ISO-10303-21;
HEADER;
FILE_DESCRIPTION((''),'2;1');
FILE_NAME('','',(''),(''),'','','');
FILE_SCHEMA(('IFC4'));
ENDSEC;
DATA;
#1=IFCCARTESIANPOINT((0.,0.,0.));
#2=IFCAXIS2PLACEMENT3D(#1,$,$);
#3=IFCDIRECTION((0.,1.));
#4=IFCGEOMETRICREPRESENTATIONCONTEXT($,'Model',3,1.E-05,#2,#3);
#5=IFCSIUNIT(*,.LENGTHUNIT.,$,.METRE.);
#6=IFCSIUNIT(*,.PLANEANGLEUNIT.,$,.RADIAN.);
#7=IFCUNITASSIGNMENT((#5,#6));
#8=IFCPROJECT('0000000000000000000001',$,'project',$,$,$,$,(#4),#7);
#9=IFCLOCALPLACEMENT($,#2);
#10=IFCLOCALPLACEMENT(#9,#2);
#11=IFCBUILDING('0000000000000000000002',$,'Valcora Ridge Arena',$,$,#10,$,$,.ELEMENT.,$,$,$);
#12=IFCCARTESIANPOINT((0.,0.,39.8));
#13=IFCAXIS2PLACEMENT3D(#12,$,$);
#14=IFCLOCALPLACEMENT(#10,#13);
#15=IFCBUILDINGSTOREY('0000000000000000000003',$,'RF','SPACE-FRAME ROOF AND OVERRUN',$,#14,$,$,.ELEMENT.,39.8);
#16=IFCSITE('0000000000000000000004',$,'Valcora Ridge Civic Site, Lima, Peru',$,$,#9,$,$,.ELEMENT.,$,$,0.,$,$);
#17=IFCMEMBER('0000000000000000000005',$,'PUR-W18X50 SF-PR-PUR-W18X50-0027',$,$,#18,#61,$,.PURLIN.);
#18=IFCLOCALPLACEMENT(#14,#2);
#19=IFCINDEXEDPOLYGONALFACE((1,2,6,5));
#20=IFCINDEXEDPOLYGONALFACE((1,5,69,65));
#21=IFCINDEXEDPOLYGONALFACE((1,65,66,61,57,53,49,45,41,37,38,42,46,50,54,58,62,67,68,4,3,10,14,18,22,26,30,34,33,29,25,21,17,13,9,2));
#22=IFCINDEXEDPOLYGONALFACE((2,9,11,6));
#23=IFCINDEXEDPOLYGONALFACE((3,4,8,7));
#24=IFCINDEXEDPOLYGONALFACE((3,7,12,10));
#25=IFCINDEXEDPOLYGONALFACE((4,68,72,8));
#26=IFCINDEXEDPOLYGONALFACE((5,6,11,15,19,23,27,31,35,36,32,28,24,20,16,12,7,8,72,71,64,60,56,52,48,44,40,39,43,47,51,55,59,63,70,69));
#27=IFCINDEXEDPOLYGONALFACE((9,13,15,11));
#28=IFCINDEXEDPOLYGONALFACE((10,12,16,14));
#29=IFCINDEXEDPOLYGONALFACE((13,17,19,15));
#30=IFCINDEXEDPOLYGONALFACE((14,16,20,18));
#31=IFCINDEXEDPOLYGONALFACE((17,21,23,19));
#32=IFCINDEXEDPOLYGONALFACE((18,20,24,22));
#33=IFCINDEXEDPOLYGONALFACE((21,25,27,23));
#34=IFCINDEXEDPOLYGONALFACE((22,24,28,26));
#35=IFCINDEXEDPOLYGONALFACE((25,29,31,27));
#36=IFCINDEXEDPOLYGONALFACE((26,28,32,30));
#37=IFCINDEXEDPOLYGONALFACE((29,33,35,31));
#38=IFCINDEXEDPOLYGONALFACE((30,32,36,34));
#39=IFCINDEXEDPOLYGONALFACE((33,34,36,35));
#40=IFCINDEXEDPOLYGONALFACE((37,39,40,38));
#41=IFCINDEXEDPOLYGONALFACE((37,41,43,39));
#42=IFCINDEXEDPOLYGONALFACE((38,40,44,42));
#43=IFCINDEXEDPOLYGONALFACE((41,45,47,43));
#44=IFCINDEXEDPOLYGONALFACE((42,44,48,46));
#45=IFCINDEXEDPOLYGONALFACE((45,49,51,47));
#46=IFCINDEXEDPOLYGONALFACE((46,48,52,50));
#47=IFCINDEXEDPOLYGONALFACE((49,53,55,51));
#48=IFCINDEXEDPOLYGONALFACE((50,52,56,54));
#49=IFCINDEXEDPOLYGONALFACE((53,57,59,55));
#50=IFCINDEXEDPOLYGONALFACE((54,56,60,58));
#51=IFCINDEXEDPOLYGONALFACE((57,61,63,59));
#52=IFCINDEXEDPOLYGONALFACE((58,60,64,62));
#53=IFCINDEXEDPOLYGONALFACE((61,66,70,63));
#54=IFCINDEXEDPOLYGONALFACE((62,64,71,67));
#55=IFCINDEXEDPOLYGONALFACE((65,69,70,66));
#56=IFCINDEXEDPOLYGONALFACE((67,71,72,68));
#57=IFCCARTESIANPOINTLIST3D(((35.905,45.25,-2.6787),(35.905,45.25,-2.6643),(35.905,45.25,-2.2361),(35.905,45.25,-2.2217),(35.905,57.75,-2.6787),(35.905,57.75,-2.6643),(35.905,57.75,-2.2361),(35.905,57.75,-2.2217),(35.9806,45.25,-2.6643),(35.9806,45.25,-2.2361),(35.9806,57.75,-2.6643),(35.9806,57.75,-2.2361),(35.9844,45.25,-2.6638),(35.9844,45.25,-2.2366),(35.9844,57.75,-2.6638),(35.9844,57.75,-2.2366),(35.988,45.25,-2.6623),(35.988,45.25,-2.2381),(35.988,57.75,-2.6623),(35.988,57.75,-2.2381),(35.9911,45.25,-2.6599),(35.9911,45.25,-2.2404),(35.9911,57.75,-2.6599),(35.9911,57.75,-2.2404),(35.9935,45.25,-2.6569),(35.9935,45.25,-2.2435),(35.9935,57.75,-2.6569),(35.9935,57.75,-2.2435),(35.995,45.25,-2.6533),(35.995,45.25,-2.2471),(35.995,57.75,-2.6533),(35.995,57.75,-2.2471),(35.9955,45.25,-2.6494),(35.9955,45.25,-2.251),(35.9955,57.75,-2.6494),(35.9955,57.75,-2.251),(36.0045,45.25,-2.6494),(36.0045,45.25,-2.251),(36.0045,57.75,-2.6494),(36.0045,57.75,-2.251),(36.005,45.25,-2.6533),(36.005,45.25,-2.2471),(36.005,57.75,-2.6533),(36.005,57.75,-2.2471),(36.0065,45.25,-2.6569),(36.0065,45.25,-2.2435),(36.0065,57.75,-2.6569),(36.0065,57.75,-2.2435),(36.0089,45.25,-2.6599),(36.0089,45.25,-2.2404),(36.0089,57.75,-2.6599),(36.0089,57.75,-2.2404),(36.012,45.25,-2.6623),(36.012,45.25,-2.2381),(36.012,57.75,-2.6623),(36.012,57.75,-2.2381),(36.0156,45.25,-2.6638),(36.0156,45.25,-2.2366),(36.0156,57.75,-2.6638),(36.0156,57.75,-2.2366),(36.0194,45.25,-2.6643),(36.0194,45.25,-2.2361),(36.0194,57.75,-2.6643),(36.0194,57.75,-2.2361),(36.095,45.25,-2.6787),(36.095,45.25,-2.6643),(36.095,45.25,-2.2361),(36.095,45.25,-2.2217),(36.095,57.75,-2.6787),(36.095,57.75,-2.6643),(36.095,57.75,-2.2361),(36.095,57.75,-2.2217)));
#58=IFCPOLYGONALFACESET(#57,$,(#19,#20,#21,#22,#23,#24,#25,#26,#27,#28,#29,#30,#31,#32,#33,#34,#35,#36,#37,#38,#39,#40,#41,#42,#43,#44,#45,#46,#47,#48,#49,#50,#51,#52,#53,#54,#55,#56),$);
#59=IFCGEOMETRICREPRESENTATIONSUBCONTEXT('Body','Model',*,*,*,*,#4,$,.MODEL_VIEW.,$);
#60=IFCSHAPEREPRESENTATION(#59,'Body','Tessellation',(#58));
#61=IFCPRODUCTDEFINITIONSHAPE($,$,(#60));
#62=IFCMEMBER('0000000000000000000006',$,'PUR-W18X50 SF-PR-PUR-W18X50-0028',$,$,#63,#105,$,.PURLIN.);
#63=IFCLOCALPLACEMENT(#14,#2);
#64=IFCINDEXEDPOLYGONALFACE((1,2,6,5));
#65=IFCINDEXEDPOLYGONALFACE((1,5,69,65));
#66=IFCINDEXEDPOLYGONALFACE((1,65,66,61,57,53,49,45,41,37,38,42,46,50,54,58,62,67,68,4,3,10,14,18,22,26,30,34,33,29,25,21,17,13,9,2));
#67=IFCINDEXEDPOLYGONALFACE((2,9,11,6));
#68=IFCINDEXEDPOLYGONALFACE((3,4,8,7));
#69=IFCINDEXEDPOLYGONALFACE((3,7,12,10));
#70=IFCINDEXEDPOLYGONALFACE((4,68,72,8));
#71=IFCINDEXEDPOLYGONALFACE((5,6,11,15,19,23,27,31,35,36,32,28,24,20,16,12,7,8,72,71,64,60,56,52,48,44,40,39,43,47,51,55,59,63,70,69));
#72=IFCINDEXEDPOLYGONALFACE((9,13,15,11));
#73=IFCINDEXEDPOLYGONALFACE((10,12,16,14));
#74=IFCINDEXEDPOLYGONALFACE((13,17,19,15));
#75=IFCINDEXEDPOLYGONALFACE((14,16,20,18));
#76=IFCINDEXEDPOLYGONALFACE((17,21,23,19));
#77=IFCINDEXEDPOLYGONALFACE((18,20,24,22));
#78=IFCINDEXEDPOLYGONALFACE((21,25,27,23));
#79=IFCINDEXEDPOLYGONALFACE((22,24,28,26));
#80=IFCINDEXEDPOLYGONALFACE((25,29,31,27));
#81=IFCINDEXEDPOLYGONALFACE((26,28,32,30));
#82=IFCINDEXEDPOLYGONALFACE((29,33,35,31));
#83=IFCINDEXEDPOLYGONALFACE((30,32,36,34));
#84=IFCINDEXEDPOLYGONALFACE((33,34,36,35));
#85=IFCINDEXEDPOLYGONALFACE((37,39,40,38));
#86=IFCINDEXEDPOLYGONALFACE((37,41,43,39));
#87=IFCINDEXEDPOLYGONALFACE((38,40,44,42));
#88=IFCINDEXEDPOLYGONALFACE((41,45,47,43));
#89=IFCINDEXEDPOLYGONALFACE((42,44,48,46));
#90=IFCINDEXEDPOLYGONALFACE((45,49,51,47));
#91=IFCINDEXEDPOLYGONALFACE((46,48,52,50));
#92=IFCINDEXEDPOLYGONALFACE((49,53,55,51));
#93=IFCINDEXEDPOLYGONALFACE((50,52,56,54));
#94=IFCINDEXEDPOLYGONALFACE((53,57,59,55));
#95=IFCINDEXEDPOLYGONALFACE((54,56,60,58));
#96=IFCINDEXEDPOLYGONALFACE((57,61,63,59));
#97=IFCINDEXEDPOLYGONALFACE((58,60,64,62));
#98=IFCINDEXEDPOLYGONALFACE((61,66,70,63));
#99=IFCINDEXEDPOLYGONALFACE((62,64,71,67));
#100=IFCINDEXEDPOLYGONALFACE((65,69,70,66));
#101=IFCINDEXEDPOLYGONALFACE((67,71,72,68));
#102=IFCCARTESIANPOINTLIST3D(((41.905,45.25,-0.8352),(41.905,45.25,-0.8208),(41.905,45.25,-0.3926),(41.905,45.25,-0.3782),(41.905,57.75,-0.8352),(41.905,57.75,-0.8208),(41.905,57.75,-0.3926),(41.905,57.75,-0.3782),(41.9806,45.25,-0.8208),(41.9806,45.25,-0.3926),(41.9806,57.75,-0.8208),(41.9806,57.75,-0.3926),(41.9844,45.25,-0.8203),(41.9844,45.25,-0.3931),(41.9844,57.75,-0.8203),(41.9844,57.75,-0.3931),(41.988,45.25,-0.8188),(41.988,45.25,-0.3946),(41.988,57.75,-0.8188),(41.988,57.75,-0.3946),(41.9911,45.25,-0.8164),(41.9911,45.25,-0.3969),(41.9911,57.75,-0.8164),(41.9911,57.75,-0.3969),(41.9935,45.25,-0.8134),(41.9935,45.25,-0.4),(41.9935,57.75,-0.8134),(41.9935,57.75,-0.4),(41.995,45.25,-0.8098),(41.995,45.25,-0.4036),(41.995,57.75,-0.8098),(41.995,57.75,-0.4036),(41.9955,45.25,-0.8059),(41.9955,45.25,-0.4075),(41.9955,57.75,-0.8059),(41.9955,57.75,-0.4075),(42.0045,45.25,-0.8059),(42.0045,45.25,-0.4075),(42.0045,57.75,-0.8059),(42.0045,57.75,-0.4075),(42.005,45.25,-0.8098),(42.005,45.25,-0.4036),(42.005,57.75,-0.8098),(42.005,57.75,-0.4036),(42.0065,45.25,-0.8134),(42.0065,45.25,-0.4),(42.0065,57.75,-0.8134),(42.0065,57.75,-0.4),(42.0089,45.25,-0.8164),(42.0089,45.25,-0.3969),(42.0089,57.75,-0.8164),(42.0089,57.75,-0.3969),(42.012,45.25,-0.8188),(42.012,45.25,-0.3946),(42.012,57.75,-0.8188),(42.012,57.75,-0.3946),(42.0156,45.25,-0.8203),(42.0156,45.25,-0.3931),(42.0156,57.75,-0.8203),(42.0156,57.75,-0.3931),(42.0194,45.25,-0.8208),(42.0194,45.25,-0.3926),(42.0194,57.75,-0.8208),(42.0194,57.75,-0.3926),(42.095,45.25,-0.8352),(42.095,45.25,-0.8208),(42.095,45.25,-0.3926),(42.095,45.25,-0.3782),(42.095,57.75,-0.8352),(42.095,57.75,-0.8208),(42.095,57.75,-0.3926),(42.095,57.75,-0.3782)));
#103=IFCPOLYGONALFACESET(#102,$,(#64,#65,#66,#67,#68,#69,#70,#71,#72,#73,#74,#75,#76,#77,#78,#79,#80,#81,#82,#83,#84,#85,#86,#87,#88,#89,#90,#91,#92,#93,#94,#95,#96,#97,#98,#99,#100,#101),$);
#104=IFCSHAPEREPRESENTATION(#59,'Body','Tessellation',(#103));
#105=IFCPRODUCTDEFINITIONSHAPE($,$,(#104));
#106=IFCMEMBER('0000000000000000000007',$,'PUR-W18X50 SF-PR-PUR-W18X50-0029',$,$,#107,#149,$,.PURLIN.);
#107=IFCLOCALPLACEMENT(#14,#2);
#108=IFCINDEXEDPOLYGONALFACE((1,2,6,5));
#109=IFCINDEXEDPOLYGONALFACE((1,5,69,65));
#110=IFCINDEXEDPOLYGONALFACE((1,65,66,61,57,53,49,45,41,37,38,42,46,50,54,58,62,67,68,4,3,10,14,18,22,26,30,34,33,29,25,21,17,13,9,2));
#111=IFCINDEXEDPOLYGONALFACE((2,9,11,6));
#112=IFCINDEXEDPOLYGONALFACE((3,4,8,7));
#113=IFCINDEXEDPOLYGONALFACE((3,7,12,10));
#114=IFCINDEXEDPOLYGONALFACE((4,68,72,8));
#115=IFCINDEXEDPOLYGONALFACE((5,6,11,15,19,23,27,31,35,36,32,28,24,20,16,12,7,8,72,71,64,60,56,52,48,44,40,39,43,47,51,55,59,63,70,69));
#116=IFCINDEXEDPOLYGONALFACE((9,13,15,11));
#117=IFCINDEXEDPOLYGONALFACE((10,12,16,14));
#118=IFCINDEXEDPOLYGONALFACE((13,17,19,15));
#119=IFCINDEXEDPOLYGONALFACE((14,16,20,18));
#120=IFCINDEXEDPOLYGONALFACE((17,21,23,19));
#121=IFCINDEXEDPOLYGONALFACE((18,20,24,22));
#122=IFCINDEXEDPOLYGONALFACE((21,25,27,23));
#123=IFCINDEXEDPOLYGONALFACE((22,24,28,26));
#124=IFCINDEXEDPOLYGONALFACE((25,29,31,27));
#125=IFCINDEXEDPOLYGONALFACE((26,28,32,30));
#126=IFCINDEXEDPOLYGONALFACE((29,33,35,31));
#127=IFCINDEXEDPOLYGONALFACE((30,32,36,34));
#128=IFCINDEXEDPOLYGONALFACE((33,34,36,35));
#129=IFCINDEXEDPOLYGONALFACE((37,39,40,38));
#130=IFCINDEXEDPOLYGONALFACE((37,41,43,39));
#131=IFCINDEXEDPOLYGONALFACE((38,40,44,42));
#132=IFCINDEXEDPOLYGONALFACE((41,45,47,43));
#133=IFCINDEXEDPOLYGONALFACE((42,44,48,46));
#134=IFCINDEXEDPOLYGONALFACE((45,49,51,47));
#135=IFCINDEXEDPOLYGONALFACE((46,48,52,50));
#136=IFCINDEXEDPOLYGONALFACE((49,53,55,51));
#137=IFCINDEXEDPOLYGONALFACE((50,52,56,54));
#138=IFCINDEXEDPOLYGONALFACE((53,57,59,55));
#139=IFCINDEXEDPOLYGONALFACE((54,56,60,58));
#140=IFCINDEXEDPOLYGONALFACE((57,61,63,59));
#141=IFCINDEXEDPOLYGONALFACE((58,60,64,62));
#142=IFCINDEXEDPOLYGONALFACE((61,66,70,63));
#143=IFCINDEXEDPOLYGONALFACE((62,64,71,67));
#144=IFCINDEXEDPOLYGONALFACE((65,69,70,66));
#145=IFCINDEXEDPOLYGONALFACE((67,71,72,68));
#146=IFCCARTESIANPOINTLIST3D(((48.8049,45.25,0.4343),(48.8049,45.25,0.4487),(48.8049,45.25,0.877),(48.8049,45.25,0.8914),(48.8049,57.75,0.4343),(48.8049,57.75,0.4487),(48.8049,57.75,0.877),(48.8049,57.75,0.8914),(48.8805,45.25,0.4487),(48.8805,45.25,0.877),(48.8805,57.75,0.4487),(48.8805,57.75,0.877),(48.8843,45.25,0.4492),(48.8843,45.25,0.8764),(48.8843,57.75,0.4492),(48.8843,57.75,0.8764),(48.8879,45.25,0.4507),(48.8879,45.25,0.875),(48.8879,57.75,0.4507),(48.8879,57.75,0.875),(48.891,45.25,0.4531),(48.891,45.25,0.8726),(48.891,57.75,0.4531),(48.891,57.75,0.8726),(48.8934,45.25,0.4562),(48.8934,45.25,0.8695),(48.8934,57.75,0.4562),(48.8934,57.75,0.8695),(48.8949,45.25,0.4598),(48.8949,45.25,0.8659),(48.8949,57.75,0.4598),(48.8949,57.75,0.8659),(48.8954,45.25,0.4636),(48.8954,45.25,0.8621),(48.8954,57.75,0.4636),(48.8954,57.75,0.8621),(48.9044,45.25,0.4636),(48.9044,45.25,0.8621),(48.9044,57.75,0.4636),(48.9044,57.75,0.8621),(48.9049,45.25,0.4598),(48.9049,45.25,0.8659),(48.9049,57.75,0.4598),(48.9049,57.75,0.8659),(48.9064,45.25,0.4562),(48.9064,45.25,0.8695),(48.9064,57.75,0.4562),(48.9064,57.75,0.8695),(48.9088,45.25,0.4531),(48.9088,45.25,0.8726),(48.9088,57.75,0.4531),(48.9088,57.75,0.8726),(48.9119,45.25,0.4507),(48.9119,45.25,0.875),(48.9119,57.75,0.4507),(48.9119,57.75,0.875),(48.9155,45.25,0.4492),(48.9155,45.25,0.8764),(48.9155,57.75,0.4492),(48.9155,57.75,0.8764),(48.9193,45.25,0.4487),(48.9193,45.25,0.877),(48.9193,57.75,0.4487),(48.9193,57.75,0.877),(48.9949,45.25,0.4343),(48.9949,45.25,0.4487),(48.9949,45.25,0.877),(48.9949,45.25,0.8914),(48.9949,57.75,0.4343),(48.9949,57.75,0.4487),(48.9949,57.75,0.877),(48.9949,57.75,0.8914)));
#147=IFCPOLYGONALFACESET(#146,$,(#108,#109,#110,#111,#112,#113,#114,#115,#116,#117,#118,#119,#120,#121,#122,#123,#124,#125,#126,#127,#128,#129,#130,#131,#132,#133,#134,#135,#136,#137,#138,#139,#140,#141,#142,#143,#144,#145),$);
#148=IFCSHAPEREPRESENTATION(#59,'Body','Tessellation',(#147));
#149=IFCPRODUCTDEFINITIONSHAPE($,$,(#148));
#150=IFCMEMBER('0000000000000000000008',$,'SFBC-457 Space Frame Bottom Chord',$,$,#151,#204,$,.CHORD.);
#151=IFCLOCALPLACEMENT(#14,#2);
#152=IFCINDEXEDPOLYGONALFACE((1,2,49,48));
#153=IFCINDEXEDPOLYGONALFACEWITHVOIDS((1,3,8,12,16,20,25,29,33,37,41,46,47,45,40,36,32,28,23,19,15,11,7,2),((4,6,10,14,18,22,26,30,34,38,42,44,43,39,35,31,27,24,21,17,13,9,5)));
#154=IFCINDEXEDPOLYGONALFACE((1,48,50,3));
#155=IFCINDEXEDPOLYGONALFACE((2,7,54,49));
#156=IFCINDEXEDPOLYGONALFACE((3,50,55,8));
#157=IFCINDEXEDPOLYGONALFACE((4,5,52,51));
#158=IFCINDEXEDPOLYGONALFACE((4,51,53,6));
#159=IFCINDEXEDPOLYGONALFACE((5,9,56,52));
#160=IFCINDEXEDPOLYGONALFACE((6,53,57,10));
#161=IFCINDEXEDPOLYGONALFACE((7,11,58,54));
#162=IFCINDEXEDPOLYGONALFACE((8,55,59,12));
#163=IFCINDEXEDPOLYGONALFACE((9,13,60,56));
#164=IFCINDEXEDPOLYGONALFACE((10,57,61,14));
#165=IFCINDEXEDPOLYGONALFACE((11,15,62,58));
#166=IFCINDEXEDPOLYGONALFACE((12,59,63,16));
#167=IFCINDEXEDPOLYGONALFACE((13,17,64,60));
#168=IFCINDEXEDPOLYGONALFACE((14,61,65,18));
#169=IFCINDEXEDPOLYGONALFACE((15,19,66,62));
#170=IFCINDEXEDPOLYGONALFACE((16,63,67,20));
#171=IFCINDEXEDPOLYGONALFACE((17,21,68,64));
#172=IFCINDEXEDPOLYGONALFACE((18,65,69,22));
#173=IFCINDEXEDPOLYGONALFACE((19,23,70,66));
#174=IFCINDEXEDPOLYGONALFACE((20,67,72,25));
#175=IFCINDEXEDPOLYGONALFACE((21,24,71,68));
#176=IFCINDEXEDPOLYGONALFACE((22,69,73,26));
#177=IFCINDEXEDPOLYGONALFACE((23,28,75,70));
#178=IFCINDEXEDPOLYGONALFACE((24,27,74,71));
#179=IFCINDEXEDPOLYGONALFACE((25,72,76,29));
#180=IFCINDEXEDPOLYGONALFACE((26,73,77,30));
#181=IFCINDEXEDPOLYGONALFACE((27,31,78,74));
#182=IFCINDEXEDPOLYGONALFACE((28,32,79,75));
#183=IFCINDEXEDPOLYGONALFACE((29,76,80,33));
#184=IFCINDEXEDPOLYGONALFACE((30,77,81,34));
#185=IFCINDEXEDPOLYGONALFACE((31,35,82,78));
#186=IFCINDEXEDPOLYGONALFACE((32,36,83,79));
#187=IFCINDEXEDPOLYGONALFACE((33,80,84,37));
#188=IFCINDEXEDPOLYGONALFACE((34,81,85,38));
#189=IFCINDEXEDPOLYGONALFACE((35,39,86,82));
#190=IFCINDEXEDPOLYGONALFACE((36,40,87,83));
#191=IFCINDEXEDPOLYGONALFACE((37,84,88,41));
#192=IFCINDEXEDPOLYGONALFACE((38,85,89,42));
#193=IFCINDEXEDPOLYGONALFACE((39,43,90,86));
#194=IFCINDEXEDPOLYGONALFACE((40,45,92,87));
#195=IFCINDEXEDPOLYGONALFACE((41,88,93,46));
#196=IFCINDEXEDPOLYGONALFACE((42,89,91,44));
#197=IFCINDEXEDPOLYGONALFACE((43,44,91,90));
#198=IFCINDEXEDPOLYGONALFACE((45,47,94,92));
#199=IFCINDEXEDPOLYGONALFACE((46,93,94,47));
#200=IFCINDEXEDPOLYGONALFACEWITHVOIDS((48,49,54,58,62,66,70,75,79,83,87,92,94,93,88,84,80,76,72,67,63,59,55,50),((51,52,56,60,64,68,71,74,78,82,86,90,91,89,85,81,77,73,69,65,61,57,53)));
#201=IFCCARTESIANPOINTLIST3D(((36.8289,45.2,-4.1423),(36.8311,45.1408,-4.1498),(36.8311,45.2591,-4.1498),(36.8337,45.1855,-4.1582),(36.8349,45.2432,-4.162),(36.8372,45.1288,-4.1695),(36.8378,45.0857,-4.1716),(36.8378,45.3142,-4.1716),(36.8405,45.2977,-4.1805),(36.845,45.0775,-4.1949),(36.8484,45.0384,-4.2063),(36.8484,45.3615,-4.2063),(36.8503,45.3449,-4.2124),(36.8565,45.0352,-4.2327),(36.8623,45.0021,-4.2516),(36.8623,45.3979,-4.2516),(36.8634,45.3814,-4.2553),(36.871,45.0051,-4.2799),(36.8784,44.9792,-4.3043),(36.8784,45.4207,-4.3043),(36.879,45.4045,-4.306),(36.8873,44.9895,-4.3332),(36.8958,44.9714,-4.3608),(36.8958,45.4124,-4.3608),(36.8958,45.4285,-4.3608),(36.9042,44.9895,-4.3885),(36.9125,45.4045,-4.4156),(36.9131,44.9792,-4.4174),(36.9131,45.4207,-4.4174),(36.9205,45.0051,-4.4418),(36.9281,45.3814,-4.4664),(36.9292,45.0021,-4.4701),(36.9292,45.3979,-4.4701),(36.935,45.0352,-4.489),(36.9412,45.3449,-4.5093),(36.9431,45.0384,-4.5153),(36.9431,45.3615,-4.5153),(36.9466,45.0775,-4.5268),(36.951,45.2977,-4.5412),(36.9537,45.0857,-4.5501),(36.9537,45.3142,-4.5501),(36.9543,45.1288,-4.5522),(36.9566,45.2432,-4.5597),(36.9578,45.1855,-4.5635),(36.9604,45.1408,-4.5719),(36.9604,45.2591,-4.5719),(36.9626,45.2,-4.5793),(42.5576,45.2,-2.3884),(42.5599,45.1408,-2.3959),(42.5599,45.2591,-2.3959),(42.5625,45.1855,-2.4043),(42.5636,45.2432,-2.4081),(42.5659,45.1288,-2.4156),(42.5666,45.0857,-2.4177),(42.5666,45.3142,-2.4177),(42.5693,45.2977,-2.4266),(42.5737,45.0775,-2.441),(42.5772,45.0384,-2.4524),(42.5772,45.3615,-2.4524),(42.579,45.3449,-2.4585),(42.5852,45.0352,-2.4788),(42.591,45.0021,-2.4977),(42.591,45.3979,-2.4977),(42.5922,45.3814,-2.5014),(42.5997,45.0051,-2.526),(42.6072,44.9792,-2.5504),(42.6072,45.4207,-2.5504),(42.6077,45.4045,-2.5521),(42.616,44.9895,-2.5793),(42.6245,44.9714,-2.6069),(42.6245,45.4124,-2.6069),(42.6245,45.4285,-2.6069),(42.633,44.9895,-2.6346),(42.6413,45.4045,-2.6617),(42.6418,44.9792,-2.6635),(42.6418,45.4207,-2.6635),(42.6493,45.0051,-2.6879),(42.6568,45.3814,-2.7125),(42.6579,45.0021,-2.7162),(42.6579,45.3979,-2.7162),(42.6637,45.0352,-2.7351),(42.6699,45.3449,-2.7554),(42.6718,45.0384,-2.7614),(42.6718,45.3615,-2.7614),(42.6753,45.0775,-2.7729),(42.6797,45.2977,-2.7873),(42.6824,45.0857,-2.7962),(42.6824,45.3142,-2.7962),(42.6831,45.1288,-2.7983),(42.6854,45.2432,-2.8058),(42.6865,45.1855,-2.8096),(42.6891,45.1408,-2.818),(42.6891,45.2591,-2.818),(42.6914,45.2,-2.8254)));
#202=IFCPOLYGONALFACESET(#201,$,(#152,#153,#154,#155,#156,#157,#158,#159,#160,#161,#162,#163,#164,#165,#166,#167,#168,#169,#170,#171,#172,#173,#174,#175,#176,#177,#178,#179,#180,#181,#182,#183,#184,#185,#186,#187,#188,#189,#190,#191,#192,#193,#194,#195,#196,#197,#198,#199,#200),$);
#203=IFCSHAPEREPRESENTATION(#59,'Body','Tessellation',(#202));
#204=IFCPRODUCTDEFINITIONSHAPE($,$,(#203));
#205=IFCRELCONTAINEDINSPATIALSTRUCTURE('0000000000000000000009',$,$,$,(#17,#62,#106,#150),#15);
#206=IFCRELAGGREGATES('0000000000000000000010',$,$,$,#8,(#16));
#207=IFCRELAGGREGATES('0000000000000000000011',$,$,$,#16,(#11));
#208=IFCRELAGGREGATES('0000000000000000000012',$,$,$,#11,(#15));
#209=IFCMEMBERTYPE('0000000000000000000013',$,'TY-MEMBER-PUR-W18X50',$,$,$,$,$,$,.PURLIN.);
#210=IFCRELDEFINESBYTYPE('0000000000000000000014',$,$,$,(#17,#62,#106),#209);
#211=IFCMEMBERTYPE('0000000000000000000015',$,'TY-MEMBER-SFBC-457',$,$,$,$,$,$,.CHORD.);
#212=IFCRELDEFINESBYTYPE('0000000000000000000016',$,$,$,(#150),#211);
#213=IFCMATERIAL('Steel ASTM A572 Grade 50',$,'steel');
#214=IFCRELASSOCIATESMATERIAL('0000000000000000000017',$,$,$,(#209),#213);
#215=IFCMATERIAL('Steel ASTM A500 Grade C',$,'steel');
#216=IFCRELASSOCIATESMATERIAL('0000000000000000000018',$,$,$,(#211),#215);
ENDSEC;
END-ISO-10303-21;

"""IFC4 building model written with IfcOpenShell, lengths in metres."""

from ifc_helpers import new_model, si_unit, direction, frame, origin, origin_2d, place, context, subcontext, project, spatial, hollow_circle, i_section, extrude, material, material_profile, profile_set, type_object, element, save


model = new_model("IFC4")

# Units and contexts
model_context = context("Model", 3, precision=1e-05, world=origin(), true_north=direction((0.0, 1.0)))
body_context = subcontext(model_context, "Body", "Model", "MODEL_VIEW")
ifc_project = project(units=[si_unit("LENGTHUNIT", "METRE"), si_unit("PLANEANGLEUNIT", "RADIAN")], contexts=[model_context])

# Site, building, storey
site_placement = place(None, origin())
site = spatial("IfcSite", under=ifc_project, at=site_placement, Name="Valcora Ridge Civic Site, Lima, Peru", CompositionType="ELEMENT", RefElevation=0.0)
building_placement = place(site_placement, origin())
building = spatial("IfcBuilding", under=site, at=building_placement, Name="Valcora Ridge Arena", CompositionType="ELEMENT")
storey_placement = place(building_placement, frame((0.0, 0.0, 39.8)))
storey = spatial("IfcBuildingStorey", under=building, at=storey_placement, Name="RF", Description="SPACE-FRAME ROOF AND OVERRUN", CompositionType="ELEMENT", Elevation=39.8)

# Members
ifc_material_1 = material(Name="Steel ASTM A572 Grade 50", Category="steel")
ifc_material_profile_1 = material_profile(ifc_material_1, i_section(OverallWidth=0.1899, OverallDepth=0.457, WebThickness=0.009, FlangeThickness=0.0144, FilletRadius=0.0149, at=origin_2d()), Name="W18X50")
ifc_profile_set_1 = profile_set([ifc_material_profile_1], Name="Steel ASTM A572 Grade 50")
member_type_1 = type_object("IfcMemberType", Name="TY-MEMBER-PUR-W18X50", PredefinedType="PURLIN", material=ifc_profile_set_1)
for number, where, z_axis, x_axis, name in (
    (1, (36.0, 45.25, -2.4502), (0.0, 1.0, 0.0), (-1.0, 0.0, 0.0), "PUR-W18X50 SF-PR-PUR-W18X50-0027"),
    (2, (42.0, 45.25, -0.6067), (0.0, 1.0, 0.0), (-1.0, 0.0, 0.0), "PUR-W18X50 SF-PR-PUR-W18X50-0028"),
    (3, (48.8999, 45.25, 0.6628), (0.0, 1.0, 0.0), (-1.0, 0.0, 0.0), "PUR-W18X50 SF-PR-PUR-W18X50-0029"),
):
    element("IfcMember", number, at=place(storey_placement, frame(where, z_axis=z_axis, x_axis=x_axis)), inside=storey, type_object=member_type_1, Name=name, PredefinedType="PURLIN", context=body_context, shape_type="SweptSolid", body=[
        extrude(i_section(OverallWidth=0.1899, OverallDepth=0.457, WebThickness=0.009, FlangeThickness=0.0144, FilletRadius=0.0149, at=origin_2d()), origin(), (0.0, 0.0, 1.0), 12.5),
    ])
ifc_material_2 = material(Name="Steel ASTM A500 Grade C", Category="steel")
ifc_material_profile_2 = material_profile(ifc_material_2, hollow_circle(Radius=0.2285, WallThickness=0.0161, at=origin_2d()), Name="CHS457X16")
ifc_profile_set_2 = profile_set([ifc_material_profile_2], Name="Steel ASTM A500 Grade C")
member_type_2 = type_object("IfcMemberType", Name="TY-MEMBER-SFBC-457", PredefinedType="CHORD", material=ifc_profile_set_2)
member_1_placement = place(storey_placement, frame((36.8958, 45.2, -4.3608), z_axis=(0.95619, 0.0, 0.292745), x_axis=(0.0, 1.0, 0.0)))
element("IfcMember", 4, at=member_1_placement, inside=storey, type_object=member_type_2, Name="SFBC-457 Space Frame Bottom Chord", PredefinedType="CHORD", context=body_context, shape_type="SweptSolid", body=[
    extrude(hollow_circle(Radius=0.2285, WallThickness=0.0161, at=origin_2d()), origin(), (0.0, 0.0, 1.0), 5.9912),
])

save(model, "model.ifc")
